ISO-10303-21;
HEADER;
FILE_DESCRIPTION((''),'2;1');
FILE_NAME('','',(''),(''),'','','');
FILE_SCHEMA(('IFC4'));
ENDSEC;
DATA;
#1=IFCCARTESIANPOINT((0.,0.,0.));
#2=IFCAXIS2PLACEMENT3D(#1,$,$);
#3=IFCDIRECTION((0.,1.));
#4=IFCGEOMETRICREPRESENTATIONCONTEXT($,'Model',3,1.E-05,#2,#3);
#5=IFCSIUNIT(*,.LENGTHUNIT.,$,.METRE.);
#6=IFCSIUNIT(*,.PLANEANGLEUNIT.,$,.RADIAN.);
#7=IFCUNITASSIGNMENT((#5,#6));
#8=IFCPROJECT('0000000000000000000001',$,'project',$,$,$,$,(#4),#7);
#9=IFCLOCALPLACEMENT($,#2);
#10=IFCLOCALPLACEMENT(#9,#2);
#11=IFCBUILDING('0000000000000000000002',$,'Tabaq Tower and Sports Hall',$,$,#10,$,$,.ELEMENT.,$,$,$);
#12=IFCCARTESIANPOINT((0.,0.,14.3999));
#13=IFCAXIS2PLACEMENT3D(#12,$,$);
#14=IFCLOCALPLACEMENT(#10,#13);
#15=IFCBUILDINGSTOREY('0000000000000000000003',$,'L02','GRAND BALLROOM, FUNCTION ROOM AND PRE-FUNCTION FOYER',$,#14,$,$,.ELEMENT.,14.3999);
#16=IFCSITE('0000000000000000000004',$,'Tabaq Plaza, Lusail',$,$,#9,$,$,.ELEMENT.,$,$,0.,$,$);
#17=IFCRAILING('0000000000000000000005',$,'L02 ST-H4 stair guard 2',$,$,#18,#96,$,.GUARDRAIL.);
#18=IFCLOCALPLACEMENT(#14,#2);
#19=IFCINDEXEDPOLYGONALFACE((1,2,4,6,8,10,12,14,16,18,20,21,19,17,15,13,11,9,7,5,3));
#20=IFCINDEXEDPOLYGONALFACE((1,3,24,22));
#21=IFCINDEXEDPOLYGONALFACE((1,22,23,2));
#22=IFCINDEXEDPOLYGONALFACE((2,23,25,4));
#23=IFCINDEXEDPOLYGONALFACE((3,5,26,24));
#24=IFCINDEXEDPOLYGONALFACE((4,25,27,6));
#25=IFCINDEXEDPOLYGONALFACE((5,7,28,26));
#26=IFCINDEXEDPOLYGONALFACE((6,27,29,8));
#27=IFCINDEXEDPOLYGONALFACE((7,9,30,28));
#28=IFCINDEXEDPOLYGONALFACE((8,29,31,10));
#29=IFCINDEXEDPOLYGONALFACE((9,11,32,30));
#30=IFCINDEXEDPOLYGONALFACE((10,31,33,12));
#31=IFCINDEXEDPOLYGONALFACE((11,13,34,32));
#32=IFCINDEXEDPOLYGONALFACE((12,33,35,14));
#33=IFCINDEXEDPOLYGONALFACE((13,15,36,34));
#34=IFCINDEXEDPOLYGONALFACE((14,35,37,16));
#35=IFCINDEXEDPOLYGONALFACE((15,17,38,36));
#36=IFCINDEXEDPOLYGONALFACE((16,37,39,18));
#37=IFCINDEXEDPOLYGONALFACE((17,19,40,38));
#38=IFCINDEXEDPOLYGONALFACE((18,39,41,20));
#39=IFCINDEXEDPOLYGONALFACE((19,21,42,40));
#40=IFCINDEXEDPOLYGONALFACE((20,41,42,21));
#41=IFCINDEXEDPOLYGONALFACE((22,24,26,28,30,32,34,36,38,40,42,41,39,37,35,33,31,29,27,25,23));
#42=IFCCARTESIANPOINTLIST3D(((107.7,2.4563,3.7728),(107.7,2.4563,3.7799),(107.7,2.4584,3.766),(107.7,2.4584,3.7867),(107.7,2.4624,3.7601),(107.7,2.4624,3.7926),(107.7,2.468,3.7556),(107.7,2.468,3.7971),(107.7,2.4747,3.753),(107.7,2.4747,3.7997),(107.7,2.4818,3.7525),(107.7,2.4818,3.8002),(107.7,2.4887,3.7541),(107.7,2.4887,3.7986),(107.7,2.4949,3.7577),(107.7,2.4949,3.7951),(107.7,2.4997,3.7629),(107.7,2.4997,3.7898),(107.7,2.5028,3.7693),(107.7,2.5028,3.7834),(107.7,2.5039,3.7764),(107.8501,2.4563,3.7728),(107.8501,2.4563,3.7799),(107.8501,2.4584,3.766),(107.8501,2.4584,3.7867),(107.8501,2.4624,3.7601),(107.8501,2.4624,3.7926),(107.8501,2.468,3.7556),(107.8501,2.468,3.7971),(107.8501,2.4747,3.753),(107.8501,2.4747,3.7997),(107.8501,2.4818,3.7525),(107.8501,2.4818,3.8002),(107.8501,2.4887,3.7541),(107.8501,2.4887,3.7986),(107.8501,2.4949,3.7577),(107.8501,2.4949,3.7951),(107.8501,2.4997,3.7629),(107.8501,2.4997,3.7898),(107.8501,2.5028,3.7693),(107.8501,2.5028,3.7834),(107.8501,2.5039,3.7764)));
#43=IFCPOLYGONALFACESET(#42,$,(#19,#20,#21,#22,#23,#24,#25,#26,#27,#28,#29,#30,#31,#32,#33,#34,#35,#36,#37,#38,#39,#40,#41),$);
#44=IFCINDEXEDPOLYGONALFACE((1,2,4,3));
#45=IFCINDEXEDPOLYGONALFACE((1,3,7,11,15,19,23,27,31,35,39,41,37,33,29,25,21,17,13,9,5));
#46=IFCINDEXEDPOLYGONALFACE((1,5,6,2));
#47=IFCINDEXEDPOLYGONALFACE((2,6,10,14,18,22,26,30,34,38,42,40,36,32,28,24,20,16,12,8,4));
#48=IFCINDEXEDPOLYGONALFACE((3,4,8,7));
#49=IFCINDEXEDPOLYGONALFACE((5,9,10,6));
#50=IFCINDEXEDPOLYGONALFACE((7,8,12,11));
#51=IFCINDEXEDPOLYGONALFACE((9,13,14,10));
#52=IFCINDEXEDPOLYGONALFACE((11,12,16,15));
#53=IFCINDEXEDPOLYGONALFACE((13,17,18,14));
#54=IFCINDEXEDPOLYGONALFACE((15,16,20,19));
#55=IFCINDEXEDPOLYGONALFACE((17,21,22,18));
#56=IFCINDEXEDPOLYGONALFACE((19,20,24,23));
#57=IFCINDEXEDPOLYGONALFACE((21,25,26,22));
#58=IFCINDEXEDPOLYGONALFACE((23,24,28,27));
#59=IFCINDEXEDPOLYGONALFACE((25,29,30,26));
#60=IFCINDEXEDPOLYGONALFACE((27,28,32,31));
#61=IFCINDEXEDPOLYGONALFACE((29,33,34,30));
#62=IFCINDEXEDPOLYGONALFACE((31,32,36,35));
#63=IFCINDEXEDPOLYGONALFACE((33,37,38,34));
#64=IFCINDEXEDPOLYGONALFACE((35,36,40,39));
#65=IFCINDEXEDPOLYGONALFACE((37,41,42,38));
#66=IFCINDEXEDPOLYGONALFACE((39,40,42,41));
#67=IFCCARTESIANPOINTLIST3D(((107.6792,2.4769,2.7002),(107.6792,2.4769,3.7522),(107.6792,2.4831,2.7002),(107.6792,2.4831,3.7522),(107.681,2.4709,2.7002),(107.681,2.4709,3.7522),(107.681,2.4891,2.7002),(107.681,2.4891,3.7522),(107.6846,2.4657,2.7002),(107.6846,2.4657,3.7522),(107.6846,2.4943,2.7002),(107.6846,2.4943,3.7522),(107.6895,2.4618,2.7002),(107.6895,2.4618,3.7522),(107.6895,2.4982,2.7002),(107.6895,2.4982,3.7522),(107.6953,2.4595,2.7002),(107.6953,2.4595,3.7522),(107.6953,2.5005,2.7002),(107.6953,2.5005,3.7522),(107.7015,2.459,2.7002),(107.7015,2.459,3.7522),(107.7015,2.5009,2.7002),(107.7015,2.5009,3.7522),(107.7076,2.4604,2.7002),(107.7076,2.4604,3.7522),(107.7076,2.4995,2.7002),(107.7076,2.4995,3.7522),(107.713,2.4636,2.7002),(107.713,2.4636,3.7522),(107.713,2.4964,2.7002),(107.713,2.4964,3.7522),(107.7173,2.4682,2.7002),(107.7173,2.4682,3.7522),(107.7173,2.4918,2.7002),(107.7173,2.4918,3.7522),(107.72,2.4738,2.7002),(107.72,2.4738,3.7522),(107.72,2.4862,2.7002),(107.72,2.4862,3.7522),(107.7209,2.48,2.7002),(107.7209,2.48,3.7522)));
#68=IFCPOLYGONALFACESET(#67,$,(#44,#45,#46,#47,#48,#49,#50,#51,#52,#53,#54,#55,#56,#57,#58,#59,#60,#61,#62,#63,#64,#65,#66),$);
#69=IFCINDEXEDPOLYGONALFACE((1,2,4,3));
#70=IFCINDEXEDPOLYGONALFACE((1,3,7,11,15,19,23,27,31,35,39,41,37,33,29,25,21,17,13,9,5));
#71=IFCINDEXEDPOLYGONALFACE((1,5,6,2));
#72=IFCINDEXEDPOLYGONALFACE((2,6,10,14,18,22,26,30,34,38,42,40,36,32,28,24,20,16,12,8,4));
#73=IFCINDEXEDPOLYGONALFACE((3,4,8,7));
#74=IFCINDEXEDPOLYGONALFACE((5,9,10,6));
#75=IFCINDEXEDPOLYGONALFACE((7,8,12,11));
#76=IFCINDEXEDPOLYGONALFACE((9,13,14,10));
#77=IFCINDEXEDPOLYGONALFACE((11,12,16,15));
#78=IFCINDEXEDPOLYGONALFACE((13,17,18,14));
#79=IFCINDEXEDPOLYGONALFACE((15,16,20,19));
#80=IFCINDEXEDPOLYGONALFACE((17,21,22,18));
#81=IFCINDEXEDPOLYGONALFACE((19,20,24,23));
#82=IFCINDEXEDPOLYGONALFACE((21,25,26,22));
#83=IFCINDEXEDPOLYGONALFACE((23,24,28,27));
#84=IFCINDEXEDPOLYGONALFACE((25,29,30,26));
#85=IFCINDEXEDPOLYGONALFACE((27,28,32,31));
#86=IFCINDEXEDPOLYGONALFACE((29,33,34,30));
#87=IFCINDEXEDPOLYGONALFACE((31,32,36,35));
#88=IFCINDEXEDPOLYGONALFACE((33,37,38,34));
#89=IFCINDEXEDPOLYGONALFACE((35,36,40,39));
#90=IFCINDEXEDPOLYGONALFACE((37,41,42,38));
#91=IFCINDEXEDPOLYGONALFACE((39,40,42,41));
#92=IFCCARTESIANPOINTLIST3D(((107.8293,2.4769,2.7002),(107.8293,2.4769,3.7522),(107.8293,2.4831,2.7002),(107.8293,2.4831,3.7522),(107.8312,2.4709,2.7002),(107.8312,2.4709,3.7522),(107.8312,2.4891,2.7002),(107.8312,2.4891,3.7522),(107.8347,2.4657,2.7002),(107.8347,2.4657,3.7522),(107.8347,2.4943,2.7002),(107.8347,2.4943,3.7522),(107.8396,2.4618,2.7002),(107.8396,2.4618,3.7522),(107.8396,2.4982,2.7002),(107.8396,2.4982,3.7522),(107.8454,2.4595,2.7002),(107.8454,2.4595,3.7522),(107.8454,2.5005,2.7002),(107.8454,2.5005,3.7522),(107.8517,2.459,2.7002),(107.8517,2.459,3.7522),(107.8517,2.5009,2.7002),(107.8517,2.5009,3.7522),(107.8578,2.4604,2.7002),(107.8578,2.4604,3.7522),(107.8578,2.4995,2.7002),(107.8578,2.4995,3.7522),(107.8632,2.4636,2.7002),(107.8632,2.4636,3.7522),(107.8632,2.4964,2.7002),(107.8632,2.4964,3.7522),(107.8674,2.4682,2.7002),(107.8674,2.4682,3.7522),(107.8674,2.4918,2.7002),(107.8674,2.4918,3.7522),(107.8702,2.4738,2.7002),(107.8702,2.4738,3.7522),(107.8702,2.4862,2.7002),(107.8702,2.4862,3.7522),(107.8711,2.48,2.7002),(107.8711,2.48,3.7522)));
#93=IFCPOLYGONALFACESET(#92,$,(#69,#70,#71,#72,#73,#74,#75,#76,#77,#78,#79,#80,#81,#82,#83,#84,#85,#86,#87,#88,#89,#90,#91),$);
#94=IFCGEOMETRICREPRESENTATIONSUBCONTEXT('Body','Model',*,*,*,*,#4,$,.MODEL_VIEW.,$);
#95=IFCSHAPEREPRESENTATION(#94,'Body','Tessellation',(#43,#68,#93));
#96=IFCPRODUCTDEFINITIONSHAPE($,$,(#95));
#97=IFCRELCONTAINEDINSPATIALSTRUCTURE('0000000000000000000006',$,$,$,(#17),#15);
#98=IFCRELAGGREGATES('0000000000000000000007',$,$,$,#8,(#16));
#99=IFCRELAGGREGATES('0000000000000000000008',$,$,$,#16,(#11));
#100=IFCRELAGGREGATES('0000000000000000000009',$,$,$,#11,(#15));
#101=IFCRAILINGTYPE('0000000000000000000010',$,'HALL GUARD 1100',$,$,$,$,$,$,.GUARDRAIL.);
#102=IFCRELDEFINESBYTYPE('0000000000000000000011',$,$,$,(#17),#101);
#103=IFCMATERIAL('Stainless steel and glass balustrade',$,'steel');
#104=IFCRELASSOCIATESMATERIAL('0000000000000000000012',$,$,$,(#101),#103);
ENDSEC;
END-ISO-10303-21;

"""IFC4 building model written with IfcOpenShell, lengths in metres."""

from ifc_helpers import new_model, si_unit, direction, frame, origin, origin_2d, place, context, subcontext, project, spatial, circle, extrude, material, type_object, element, save


model = new_model("IFC4")

# Units and contexts
model_context = context("Model", 3, precision=1e-05, world=origin(), true_north=direction((0.0, 1.0)))
body_context = subcontext(model_context, "Body", "Model", "MODEL_VIEW")
ifc_project = project(units=[si_unit("LENGTHUNIT", "METRE"), si_unit("PLANEANGLEUNIT", "RADIAN")], contexts=[model_context])

# Site, building, storey
site_placement = place(None, origin())
site = spatial("IfcSite", under=ifc_project, at=site_placement, Name="Tabaq Plaza, Lusail", CompositionType="ELEMENT", RefElevation=0.0)
building_placement = place(site_placement, origin())
building = spatial("IfcBuilding", under=site, at=building_placement, Name="Tabaq Tower and Sports Hall", CompositionType="ELEMENT")
storey_placement = place(building_placement, frame((0.0, 0.0, 14.3999)))
storey = spatial("IfcBuildingStorey", under=building, at=storey_placement, Name="L02", Description="GRAND BALLROOM, FUNCTION ROOM AND PRE-FUNCTION FOYER", CompositionType="ELEMENT", Elevation=14.3999)

# Railing
ifc_material_1 = material(Name="Stainless steel and glass balustrade", Category="steel")
railing_type_1 = type_object("IfcRailingType", Name="HALL GUARD 1100", PredefinedType="GUARDRAIL", material=ifc_material_1)
railing_1_placement = place(storey_placement, frame((107.7, 2.48, 2.7002)))
element("IfcRailing", 1, at=railing_1_placement, inside=storey, type_object=railing_type_1, Name="L02 ST-H4 stair guard 2", PredefinedType="GUARDRAIL", context=body_context, shape_type="SweptSolid", body=[
    extrude(circle(Radius=0.0239, at=origin_2d()), frame((0.0, 0.0, 1.0762), z_axis=(1.0, 0.0, 0.0), x_axis=(0.0, 1.0, 0.0)), (0.0, 0.0, 1.0), 0.1501),
    extrude(circle(Radius=0.021, at=origin_2d()), origin(), (0.0, 0.0, 1.0), 1.052),
    extrude(circle(Radius=0.021, at=origin_2d()), frame((0.1501, 0.0, 0.0)), (0.0, 0.0, 1.0), 1.052),
])

save(model, "model.ifc")
